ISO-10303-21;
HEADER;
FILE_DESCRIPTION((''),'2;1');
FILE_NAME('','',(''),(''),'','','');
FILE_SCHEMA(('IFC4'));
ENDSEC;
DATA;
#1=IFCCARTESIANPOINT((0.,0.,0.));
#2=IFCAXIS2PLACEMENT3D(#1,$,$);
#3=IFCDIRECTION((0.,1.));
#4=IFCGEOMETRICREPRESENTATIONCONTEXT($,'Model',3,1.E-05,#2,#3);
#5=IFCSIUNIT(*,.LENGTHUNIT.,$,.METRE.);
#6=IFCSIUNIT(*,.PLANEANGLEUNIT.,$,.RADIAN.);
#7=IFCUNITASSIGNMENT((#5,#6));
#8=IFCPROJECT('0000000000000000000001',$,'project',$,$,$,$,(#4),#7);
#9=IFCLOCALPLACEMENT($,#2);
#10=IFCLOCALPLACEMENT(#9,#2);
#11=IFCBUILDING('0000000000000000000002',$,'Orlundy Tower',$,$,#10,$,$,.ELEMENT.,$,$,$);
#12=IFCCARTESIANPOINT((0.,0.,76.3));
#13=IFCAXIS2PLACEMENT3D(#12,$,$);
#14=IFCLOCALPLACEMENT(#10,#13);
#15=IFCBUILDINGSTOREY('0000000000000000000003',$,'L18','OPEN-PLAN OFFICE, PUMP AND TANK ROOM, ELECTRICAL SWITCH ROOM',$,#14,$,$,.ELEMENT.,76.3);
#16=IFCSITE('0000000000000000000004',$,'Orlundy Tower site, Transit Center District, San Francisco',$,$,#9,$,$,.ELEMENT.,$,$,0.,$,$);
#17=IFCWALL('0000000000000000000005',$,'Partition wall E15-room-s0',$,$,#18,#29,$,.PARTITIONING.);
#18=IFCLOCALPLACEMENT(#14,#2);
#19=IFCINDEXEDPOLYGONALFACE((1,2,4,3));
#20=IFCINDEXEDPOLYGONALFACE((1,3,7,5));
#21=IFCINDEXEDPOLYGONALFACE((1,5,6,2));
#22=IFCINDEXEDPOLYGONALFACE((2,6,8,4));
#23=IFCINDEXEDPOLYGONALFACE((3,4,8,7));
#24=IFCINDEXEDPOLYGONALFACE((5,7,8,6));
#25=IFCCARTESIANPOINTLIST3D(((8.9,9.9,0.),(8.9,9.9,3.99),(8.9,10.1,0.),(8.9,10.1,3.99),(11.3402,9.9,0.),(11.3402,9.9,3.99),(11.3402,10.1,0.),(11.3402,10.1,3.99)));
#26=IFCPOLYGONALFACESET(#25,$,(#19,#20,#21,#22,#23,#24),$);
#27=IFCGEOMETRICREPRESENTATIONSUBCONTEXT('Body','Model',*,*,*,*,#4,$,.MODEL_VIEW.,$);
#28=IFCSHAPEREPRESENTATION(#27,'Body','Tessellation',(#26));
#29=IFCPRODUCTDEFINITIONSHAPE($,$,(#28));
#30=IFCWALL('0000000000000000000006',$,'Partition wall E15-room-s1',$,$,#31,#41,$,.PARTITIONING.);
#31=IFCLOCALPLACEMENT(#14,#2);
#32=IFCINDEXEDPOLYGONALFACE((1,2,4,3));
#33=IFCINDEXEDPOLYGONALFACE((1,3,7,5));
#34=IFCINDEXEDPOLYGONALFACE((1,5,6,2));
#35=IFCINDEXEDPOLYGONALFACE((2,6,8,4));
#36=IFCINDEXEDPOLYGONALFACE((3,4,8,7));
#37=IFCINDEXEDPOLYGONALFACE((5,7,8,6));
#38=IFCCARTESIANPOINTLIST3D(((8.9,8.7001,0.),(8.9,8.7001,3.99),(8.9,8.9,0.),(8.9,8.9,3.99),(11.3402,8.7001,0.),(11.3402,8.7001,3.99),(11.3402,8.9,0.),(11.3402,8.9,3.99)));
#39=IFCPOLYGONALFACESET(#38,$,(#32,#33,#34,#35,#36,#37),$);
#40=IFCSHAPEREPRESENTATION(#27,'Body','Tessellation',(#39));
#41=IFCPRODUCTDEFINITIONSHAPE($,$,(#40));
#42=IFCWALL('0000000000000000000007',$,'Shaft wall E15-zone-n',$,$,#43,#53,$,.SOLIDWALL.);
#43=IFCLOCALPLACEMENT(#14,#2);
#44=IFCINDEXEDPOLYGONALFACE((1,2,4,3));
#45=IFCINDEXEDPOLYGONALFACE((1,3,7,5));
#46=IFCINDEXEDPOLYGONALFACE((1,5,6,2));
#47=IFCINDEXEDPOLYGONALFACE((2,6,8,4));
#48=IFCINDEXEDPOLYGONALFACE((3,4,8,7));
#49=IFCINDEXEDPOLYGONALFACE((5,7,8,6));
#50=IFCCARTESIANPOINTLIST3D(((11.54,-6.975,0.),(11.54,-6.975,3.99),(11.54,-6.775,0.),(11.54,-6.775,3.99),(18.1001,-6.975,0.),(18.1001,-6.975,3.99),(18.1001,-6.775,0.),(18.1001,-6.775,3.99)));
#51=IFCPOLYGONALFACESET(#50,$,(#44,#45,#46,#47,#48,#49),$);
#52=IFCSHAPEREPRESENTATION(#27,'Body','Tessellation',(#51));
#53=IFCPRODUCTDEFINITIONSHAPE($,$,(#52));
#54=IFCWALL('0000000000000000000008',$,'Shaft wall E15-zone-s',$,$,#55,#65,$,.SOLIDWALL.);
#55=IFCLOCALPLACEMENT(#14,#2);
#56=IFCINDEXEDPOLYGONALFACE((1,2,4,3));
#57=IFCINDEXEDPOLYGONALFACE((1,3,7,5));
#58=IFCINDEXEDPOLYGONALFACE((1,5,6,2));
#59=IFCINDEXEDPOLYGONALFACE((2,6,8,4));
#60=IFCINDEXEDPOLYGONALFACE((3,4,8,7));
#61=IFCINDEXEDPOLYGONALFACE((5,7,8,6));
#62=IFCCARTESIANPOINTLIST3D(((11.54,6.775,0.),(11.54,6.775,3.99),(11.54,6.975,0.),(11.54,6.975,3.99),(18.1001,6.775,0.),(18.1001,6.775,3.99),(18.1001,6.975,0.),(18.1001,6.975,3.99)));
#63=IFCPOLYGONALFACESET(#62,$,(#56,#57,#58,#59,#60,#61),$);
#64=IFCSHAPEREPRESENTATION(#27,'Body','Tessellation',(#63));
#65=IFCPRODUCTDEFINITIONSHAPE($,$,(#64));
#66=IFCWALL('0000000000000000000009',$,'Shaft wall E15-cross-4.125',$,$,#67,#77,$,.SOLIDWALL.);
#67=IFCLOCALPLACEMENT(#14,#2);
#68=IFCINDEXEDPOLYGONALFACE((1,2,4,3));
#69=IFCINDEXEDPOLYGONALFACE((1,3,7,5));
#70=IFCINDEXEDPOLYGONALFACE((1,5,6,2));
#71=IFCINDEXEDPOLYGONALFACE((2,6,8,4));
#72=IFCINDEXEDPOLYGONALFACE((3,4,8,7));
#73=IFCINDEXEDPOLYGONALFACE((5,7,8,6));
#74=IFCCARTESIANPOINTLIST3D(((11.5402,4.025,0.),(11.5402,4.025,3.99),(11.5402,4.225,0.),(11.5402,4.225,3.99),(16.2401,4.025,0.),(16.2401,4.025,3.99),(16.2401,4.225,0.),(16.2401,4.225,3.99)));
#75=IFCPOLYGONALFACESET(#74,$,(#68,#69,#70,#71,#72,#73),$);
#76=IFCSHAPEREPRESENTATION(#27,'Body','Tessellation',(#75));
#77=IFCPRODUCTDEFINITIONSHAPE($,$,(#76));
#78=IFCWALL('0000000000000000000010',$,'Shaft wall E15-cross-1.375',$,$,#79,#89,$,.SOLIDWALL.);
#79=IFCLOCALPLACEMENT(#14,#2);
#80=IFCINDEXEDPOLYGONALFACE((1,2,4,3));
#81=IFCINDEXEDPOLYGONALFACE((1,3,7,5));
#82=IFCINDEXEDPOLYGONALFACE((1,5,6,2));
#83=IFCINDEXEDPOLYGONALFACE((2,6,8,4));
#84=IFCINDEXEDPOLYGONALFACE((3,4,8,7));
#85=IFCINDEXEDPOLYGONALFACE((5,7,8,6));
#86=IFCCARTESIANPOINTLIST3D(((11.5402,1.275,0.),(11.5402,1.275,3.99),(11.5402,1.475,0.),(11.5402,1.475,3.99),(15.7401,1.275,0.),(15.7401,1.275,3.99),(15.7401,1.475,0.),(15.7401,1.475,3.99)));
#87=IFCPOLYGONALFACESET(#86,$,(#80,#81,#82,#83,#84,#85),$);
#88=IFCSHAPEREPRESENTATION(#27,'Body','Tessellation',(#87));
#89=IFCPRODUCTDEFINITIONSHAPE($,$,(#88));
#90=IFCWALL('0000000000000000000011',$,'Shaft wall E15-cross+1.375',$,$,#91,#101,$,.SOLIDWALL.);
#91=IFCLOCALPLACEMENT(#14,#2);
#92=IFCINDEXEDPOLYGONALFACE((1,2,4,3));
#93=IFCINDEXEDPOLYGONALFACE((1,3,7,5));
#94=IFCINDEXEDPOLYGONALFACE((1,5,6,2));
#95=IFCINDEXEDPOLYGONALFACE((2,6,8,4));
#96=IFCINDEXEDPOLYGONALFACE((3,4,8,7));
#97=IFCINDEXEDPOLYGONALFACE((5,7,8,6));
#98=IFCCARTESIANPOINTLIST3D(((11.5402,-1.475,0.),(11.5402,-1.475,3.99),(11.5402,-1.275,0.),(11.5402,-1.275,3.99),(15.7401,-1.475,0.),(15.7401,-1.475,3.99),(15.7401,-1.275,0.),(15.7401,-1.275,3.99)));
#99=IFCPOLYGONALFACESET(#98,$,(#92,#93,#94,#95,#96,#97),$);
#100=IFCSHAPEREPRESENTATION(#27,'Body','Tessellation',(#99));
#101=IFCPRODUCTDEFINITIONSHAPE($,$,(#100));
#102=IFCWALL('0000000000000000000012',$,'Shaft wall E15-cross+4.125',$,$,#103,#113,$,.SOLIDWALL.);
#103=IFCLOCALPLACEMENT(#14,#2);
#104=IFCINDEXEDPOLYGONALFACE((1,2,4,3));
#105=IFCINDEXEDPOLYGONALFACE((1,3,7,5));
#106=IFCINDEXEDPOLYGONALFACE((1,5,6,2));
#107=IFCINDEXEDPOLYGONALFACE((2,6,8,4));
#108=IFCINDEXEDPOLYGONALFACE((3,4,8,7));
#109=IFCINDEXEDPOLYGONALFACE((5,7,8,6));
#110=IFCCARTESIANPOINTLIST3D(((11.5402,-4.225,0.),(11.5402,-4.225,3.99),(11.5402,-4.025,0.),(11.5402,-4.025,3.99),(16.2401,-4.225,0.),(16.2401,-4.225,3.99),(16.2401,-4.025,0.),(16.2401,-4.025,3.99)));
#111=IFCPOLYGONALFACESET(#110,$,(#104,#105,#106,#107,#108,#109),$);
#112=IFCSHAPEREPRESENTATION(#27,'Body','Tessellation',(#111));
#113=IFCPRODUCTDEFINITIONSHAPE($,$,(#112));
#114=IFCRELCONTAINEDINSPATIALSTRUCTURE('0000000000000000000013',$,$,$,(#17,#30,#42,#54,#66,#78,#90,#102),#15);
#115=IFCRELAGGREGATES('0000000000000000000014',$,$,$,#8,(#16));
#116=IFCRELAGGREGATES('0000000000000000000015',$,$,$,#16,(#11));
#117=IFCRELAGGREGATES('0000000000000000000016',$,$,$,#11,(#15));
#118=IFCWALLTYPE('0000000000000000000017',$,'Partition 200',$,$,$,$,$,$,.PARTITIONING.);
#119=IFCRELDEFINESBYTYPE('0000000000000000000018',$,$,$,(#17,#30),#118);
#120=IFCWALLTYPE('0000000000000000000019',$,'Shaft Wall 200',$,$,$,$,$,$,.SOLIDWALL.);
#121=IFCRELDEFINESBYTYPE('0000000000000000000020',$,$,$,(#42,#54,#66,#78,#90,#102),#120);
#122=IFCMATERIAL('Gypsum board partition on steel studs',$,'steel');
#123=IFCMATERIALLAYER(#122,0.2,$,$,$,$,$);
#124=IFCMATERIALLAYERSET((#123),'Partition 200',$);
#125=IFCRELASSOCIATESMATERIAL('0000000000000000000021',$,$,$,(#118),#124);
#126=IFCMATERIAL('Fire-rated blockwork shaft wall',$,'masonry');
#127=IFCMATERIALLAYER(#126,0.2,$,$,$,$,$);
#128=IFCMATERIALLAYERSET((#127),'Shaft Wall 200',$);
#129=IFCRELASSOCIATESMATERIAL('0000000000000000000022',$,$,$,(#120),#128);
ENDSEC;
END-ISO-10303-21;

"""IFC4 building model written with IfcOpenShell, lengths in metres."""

from ifc_helpers import new_model, si_unit, direction, frame, frame_2d, origin, place, context, subcontext, project, spatial, rectangle, extrude, material, layer, layer_set, type_object, element, save


model = new_model("IFC4")

# Units and contexts
model_context = context("Model", 3, precision=1e-05, world=origin(), true_north=direction((0.0, 1.0)))
body_context = subcontext(model_context, "Body", "Model", "MODEL_VIEW")
ifc_project = project(units=[si_unit("LENGTHUNIT", "METRE"), si_unit("PLANEANGLEUNIT", "RADIAN")], contexts=[model_context])

# Site, building, storey
site_placement = place(None, origin())
site = spatial("IfcSite", under=ifc_project, at=site_placement, Name="Orlundy Tower site, Transit Center District, San Francisco", CompositionType="ELEMENT", RefElevation=0.0)
building_placement = place(site_placement, origin())
building = spatial("IfcBuilding", under=site, at=building_placement, Name="Orlundy Tower", CompositionType="ELEMENT")
storey_placement = place(building_placement, frame((0.0, 0.0, 76.3)))
storey = spatial("IfcBuildingStorey", under=building, at=storey_placement, Name="L18", Description="OPEN-PLAN OFFICE, PUMP AND TANK ROOM, ELECTRICAL SWITCH ROOM", CompositionType="ELEMENT", Elevation=76.3)

# Shared definitions
ifc_material_1 = material(Name="Gypsum board partition on steel studs", Category="steel")
ifc_layer_1 = layer(ifc_material_1, 0.2)
ifc_layer_set_1 = layer_set([ifc_layer_1], Name="Partition 200")
wall_type_1 = type_object("IfcWallType", Name="Partition 200", PredefinedType="PARTITIONING", material=ifc_layer_set_1)

# Walls
for number, where, z_axis, x_axis, name in (
    (1, (8.8999, 10.0, 0.0), (0.0, 0.0, 1.0), (1.0, 0.0, 0.0), "Partition wall E15-room-s0"),
    (2, (8.8999, 8.8, 0.0), (0.0, 0.0, 1.0), (1.0, 0.0, 0.0), "Partition wall E15-room-s1"),
):
    element("IfcWall", number, at=place(storey_placement, frame(where, z_axis=z_axis, x_axis=x_axis)), inside=storey, type_object=wall_type_1, Name=name, PredefinedType="PARTITIONING", context=body_context, shape_type="SweptSolid", body=[
        extrude(rectangle(XDim=2.4402, YDim=0.2, at=frame_2d((1.2202, 0.0))), origin(), (0.0, 0.0, 1.0), 3.99),
    ])
ifc_material_2 = material(Name="Fire-rated blockwork shaft wall", Category="masonry")
ifc_layer_2 = layer(ifc_material_2, 0.2)
ifc_layer_set_2 = layer_set([ifc_layer_2], Name="Shaft Wall 200")
wall_type_2 = type_object("IfcWallType", Name="Shaft Wall 200", PredefinedType="SOLIDWALL", material=ifc_layer_set_2)
for number, where, z_axis, x_axis, name in (
    (3, (11.54, -6.875, 0.0), (0.0, 0.0, 1.0), (1.0, 0.0, 0.0), "Shaft wall E15-zone-n"),
    (4, (11.54, 6.875, 0.0), (0.0, 0.0, 1.0), (1.0, 0.0, 0.0), "Shaft wall E15-zone-s"),
):
    element("IfcWall", number, at=place(storey_placement, frame(where, z_axis=z_axis, x_axis=x_axis)), inside=storey, type_object=wall_type_2, Name=name, PredefinedType="SOLIDWALL", context=body_context, shape_type="SweptSolid", body=[
        extrude(rectangle(XDim=6.5601, YDim=0.2, at=frame_2d((3.28, 0.0))), origin(), (0.0, 0.0, 1.0), 3.99),
    ])
wall_1_placement = place(storey_placement, frame((11.54, 4.125, 0.0), z_axis=(0.0, 0.0, 1.0), x_axis=(1.0, 0.0, 0.0)))
element("IfcWall", 5, at=wall_1_placement, inside=storey, type_object=wall_type_2, Name="Shaft wall E15-cross-4.125", PredefinedType="SOLIDWALL", context=body_context, shape_type="SweptSolid", body=[
    extrude(rectangle(XDim=4.7, YDim=0.2, at=frame_2d((2.3501, 0.0))), origin(), (0.0, 0.0, 1.0), 3.99),
])
for number, where, z_axis, x_axis, name in (
    (6, (11.54, 1.375, 0.0), (0.0, 0.0, 1.0), (1.0, 0.0, 0.0), "Shaft wall E15-cross-1.375"),
    (7, (11.54, -1.375, 0.0), (0.0, 0.0, 1.0), (1.0, 0.0, 0.0), "Shaft wall E15-cross+1.375"),
):
    element("IfcWall", number, at=place(storey_placement, frame(where, z_axis=z_axis, x_axis=x_axis)), inside=storey, type_object=wall_type_2, Name=name, PredefinedType="SOLIDWALL", context=body_context, shape_type="SweptSolid", body=[
        extrude(rectangle(XDim=4.2, YDim=0.2, at=frame_2d((2.1001, 0.0))), origin(), (0.0, 0.0, 1.0), 3.99),
    ])
wall_2_placement = place(storey_placement, frame((11.54, -4.125, 0.0), z_axis=(0.0, 0.0, 1.0), x_axis=(1.0, 0.0, 0.0)))
element("IfcWall", 8, at=wall_2_placement, inside=storey, type_object=wall_type_2, Name="Shaft wall E15-cross+4.125", PredefinedType="SOLIDWALL", context=body_context, shape_type="SweptSolid", body=[
    extrude(rectangle(XDim=4.7, YDim=0.2, at=frame_2d((2.3501, 0.0))), origin(), (0.0, 0.0, 1.0), 3.99),
])

save(model, "model.ifc")
